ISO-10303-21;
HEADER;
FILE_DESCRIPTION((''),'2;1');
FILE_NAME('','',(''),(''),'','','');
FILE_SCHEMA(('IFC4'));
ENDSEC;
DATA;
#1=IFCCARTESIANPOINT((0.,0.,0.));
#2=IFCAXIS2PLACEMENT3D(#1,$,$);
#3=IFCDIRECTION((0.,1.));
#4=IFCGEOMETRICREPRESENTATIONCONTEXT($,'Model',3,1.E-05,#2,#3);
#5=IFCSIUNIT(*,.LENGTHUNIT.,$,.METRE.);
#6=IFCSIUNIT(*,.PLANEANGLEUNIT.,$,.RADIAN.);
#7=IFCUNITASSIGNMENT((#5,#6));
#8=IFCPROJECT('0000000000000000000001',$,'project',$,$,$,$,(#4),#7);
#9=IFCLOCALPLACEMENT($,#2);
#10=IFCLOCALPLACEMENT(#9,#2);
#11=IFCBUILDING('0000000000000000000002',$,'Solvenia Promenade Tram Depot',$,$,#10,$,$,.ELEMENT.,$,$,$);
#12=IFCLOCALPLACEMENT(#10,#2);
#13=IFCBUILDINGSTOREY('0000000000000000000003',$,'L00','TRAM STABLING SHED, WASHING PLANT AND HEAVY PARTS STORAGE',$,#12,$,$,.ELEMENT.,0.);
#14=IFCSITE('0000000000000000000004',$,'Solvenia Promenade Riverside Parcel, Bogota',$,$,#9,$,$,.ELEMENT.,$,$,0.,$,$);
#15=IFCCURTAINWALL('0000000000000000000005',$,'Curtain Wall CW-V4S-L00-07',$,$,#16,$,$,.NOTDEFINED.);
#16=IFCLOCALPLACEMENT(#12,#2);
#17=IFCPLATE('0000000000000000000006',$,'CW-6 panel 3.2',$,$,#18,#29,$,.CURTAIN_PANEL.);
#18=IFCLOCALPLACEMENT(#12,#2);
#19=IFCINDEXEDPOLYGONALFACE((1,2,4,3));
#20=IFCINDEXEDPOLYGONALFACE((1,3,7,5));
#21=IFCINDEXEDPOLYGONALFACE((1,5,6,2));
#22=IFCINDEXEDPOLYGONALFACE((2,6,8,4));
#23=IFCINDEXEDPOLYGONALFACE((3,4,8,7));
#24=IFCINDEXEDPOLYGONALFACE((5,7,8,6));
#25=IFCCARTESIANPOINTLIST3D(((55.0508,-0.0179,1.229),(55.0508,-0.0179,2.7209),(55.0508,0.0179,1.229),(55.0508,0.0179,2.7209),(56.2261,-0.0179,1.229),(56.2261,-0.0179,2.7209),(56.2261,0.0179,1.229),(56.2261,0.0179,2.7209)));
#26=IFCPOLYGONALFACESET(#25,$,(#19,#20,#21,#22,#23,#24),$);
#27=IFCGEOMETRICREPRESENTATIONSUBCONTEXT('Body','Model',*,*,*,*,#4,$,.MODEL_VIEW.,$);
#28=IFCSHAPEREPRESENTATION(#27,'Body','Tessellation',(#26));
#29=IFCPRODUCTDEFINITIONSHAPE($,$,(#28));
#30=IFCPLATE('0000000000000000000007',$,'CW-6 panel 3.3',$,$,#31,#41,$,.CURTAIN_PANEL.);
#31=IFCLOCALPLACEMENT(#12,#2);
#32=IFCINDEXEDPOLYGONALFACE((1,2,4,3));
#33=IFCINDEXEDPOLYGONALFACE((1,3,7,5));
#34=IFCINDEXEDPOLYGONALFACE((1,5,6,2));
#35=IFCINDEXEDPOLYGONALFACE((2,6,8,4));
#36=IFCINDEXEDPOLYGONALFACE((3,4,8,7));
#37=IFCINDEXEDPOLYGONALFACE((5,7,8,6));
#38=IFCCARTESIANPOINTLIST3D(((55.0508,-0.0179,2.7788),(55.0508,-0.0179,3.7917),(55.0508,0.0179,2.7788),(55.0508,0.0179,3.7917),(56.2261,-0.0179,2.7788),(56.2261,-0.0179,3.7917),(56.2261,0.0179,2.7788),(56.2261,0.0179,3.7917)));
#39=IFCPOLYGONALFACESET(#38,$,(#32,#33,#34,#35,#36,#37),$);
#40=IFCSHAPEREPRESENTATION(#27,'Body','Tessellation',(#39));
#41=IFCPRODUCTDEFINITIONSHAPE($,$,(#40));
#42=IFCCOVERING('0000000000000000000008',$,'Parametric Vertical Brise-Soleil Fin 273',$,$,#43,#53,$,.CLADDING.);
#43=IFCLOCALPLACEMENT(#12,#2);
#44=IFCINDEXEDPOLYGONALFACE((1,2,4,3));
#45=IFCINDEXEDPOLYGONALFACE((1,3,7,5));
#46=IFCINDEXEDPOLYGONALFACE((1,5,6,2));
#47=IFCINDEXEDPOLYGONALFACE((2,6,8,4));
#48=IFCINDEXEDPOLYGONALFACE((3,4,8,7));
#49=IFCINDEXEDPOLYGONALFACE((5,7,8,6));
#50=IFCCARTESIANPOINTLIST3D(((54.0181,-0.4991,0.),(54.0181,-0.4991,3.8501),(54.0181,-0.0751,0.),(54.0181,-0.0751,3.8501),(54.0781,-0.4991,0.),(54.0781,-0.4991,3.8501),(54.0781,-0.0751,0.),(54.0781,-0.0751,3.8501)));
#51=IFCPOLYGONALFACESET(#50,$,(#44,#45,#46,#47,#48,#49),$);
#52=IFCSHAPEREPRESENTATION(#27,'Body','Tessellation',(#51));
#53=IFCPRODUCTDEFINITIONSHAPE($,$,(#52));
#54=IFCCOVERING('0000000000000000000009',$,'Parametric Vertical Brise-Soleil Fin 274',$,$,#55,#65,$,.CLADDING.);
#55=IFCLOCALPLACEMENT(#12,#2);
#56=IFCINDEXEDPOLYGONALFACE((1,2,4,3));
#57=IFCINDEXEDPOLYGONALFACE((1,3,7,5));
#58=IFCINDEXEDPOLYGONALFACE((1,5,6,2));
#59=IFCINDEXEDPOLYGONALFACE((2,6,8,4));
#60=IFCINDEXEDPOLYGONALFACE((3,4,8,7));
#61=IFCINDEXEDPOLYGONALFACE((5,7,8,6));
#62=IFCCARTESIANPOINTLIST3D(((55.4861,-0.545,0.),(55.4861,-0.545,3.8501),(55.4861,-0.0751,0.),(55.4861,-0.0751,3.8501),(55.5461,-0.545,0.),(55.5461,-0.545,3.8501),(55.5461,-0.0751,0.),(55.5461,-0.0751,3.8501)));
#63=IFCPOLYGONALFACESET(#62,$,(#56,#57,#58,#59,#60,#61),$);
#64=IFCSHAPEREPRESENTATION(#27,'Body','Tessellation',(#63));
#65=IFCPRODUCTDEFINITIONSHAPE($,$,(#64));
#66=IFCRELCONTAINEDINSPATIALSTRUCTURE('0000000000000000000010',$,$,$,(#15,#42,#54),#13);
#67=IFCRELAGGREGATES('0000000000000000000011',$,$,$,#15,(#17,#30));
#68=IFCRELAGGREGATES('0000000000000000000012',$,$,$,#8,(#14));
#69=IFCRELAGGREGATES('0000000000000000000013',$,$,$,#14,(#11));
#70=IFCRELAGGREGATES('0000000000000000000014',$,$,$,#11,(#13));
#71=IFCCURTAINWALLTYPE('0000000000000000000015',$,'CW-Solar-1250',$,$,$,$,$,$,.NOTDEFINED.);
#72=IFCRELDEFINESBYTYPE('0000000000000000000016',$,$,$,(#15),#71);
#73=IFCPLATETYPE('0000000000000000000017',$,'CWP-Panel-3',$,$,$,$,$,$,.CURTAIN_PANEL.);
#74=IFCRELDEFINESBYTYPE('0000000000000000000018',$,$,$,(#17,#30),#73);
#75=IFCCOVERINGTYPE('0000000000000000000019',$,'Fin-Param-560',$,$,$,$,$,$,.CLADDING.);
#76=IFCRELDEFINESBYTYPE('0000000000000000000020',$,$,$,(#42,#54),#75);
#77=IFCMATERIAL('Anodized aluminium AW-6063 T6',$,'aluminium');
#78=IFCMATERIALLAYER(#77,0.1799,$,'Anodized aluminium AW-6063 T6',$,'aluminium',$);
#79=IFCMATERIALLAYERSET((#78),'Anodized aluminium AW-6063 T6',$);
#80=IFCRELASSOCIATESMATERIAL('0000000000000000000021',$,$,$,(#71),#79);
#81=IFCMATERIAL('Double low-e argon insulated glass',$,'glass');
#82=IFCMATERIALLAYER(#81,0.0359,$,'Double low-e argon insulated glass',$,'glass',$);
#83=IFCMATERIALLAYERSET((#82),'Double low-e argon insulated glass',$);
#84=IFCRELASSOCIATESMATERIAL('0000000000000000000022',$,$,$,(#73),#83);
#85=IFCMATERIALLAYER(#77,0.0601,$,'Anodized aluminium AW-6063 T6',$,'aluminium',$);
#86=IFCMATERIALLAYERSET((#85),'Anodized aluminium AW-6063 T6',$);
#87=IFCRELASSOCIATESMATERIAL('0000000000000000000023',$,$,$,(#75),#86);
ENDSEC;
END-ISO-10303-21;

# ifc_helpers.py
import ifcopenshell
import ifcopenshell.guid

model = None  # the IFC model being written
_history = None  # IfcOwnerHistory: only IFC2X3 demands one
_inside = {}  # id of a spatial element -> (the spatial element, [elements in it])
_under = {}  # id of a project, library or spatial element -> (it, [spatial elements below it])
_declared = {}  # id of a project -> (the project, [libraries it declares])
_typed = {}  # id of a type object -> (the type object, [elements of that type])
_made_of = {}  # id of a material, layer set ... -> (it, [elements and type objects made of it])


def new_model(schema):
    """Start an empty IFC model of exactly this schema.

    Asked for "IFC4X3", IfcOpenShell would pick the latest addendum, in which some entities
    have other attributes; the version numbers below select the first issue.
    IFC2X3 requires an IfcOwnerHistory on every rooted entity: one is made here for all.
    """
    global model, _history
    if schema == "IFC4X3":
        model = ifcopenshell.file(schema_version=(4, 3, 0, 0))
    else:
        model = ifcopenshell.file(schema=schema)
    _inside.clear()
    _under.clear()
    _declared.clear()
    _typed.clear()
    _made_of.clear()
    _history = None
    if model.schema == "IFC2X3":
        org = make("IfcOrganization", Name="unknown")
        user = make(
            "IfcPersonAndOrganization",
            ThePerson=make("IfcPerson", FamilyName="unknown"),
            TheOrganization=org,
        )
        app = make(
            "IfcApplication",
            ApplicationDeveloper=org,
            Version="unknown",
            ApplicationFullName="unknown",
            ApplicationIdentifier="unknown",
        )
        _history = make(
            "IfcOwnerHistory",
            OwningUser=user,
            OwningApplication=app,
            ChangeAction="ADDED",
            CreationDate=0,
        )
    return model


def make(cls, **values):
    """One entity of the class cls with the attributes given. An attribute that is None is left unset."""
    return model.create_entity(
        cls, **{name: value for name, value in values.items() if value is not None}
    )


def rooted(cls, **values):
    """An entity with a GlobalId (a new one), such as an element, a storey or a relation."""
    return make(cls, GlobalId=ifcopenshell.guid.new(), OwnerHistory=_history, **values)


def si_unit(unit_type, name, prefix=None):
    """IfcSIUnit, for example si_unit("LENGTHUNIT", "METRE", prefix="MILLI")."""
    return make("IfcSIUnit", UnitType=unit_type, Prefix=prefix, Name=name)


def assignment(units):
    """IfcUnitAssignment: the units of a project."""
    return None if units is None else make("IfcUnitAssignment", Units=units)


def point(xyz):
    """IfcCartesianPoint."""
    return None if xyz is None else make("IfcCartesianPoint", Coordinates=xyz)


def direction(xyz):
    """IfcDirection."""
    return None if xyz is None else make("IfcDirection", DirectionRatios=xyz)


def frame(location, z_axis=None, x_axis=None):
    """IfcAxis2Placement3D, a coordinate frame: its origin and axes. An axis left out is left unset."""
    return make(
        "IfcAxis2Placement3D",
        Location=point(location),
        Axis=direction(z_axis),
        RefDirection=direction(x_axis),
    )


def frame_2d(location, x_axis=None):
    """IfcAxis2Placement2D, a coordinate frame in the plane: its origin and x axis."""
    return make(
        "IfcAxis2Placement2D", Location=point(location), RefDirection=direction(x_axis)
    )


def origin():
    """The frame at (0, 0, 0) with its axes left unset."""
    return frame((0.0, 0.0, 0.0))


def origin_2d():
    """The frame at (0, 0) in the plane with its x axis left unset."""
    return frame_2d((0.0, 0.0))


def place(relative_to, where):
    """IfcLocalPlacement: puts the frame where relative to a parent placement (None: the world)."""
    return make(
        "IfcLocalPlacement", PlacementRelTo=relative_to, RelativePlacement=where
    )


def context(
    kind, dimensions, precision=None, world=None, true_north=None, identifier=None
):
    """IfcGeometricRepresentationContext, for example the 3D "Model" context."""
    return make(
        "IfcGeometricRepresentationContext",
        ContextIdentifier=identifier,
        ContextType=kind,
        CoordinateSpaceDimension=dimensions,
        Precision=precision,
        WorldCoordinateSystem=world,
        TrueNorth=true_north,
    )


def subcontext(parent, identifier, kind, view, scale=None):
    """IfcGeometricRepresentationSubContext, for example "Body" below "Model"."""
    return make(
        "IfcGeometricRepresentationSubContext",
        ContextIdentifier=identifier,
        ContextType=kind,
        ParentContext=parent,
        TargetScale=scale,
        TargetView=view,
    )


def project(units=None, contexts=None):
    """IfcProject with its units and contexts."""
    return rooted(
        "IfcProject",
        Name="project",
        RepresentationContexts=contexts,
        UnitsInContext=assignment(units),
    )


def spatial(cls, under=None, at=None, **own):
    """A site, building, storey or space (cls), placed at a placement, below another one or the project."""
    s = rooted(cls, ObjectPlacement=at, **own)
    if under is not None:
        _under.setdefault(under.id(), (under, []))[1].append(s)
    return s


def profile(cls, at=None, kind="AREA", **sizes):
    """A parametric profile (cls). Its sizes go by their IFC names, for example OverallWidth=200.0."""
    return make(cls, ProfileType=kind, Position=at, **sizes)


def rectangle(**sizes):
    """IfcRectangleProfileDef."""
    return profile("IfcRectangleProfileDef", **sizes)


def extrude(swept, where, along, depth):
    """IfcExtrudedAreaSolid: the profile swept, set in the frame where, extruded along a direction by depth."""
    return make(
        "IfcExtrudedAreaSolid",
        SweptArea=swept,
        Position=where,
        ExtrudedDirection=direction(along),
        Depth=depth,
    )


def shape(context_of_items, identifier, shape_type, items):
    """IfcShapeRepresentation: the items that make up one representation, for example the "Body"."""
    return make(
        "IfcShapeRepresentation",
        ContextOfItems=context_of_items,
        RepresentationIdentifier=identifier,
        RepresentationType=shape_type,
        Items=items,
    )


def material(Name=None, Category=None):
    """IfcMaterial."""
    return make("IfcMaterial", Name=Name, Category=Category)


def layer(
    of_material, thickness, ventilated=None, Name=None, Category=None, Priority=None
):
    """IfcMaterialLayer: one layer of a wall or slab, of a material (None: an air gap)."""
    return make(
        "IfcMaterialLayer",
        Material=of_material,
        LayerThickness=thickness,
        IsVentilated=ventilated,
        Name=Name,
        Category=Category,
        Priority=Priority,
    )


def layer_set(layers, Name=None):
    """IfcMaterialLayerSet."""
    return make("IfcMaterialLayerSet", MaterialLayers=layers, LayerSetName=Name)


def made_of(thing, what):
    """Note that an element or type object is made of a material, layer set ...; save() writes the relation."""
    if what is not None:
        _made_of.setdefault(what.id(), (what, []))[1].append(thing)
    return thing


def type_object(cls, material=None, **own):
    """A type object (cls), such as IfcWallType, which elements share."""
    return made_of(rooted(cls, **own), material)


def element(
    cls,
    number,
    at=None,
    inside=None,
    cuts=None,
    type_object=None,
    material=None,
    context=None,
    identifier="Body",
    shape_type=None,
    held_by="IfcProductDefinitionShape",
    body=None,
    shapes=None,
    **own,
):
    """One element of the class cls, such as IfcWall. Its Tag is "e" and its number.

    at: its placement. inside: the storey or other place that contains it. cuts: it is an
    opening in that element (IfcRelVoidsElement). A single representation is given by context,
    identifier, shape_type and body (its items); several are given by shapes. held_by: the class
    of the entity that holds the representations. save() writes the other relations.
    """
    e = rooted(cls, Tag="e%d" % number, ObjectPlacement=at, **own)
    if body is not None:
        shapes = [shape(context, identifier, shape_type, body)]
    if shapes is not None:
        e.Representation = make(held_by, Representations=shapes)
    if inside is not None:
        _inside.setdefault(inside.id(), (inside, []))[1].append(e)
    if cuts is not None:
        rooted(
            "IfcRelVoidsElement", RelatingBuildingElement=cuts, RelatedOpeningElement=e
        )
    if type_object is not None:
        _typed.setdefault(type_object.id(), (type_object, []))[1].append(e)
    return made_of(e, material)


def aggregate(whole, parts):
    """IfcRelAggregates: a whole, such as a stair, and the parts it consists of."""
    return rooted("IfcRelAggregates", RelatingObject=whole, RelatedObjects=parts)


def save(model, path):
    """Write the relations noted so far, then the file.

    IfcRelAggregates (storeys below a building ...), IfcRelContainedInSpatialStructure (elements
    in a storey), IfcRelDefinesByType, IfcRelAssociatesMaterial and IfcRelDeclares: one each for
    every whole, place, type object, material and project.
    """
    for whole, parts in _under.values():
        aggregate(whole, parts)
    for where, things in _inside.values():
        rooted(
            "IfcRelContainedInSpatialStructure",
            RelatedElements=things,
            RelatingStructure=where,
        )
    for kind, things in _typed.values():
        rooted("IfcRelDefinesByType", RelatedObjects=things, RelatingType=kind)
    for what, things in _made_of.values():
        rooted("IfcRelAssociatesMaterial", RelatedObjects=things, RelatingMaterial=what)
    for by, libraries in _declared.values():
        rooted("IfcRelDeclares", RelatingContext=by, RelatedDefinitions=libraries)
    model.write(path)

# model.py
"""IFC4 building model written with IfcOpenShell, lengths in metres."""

from ifc_helpers import new_model, si_unit, direction, frame, origin, origin_2d, place, context, subcontext, project, spatial, rectangle, extrude, material, layer, layer_set, type_object, element, aggregate, save


model = new_model("IFC4")

# Units and contexts
model_context = context("Model", 3, precision=1e-05, world=origin(), true_north=direction((0.0, 1.0)))
body_context = subcontext(model_context, "Body", "Model", "MODEL_VIEW")
ifc_project = project(units=[si_unit("LENGTHUNIT", "METRE"), si_unit("PLANEANGLEUNIT", "RADIAN")], contexts=[model_context])

# Site, building, storey
site_placement = place(None, origin())
site = spatial("IfcSite", under=ifc_project, at=site_placement, Name="Solvenia Promenade Riverside Parcel, Bogota", CompositionType="ELEMENT", RefElevation=0.0)
building_placement = place(site_placement, origin())
building = spatial("IfcBuilding", under=site, at=building_placement, Name="Solvenia Promenade Tram Depot", CompositionType="ELEMENT")
storey_placement = place(building_placement, origin())
storey = spatial("IfcBuildingStorey", under=building, at=storey_placement, Name="L00", Description="TRAM STABLING SHED, WASHING PLANT AND HEAVY PARTS STORAGE", CompositionType="ELEMENT", Elevation=0.0)

# Curtain wall, plates
ifc_material_1 = material(Name="Anodized aluminium AW-6063 T6", Category="aluminium")
ifc_layer_1 = layer(ifc_material_1, 0.1799, Name="Anodized aluminium AW-6063 T6", Category="aluminium")
ifc_layer_set_1 = layer_set([ifc_layer_1], Name="Anodized aluminium AW-6063 T6")
curtain_wall_type = type_object("IfcCurtainWallType", Name="CW-Solar-1250", PredefinedType="NOTDEFINED", material=ifc_layer_set_1)
curtain_wall_placement = place(storey_placement, origin())
curtain_wall = element("IfcCurtainWall", 1, at=curtain_wall_placement, inside=storey, type_object=curtain_wall_type, Name="Curtain Wall CW-V4S-L00-07", PredefinedType="NOTDEFINED")
ifc_material_2 = material(Name="Double low-e argon insulated glass", Category="glass")
ifc_layer_2 = layer(ifc_material_2, 0.0359, Name="Double low-e argon insulated glass", Category="glass")
ifc_layer_set_2 = layer_set([ifc_layer_2], Name="Double low-e argon insulated glass")
plate_type = type_object("IfcPlateType", Name="CWP-Panel-3", PredefinedType="CURTAIN_PANEL", material=ifc_layer_set_2)
plate_1_placement = place(storey_placement, frame((55.6384, 0.0, 1.229), z_axis=(0.0, 0.0, 1.0), x_axis=(1.0, 0.0, 0.0)))
plate_1 = element("IfcPlate", 2, at=plate_1_placement, type_object=plate_type, Name="CW-6 panel 3.2", PredefinedType="CURTAIN_PANEL", context=body_context, shape_type="SweptSolid", body=[
    extrude(rectangle(XDim=1.1753, YDim=0.0359, at=origin_2d()), origin(), (0.0, 0.0, 1.0), 1.4919),
])
plate_2_placement = place(storey_placement, frame((55.6384, 0.0, 2.7788), z_axis=(0.0, 0.0, 1.0), x_axis=(1.0, 0.0, 0.0)))
plate_2 = element("IfcPlate", 3, at=plate_2_placement, type_object=plate_type, Name="CW-6 panel 3.3", PredefinedType="CURTAIN_PANEL", context=body_context, shape_type="SweptSolid", body=[
    extrude(rectangle(XDim=1.1753, YDim=0.0359, at=origin_2d()), origin(), (0.0, 0.0, 1.0), 1.0129),
])
aggregate(curtain_wall, [plate_1, plate_2])

# Coverings
ifc_layer_3 = layer(ifc_material_1, 0.0601, Name="Anodized aluminium AW-6063 T6", Category="aluminium")
ifc_layer_set_3 = layer_set([ifc_layer_3], Name="Anodized aluminium AW-6063 T6")
covering_type = type_object("IfcCoveringType", Name="Fin-Param-560", PredefinedType="CLADDING", material=ifc_layer_set_3)
covering_1_placement = place(storey_placement, frame((54.0481, -0.2871, 0.0), z_axis=(0.0, 0.0, 1.0), x_axis=(1.0, 0.0, 0.0)))
element("IfcCovering", 4, at=covering_1_placement, inside=storey, type_object=covering_type, Name="Parametric Vertical Brise-Soleil Fin 273", PredefinedType="CLADDING", context=body_context, shape_type="SweptSolid", body=[
    extrude(rectangle(XDim=0.0601, YDim=0.4241, at=origin_2d()), origin(), (0.0, 0.0, 1.0), 3.8501),
])
covering_2_placement = place(storey_placement, frame((55.5161, -0.3101, 0.0), z_axis=(0.0, 0.0, 1.0), x_axis=(1.0, 0.0, 0.0)))
element("IfcCovering", 5, at=covering_2_placement, inside=storey, type_object=covering_type, Name="Parametric Vertical Brise-Soleil Fin 274", PredefinedType="CLADDING", context=body_context, shape_type="SweptSolid", body=[
    extrude(rectangle(XDim=0.0601, YDim=0.47, at=origin_2d()), origin(), (0.0, 0.0, 1.0), 3.8501),
])

save(model, "model.ifc")
